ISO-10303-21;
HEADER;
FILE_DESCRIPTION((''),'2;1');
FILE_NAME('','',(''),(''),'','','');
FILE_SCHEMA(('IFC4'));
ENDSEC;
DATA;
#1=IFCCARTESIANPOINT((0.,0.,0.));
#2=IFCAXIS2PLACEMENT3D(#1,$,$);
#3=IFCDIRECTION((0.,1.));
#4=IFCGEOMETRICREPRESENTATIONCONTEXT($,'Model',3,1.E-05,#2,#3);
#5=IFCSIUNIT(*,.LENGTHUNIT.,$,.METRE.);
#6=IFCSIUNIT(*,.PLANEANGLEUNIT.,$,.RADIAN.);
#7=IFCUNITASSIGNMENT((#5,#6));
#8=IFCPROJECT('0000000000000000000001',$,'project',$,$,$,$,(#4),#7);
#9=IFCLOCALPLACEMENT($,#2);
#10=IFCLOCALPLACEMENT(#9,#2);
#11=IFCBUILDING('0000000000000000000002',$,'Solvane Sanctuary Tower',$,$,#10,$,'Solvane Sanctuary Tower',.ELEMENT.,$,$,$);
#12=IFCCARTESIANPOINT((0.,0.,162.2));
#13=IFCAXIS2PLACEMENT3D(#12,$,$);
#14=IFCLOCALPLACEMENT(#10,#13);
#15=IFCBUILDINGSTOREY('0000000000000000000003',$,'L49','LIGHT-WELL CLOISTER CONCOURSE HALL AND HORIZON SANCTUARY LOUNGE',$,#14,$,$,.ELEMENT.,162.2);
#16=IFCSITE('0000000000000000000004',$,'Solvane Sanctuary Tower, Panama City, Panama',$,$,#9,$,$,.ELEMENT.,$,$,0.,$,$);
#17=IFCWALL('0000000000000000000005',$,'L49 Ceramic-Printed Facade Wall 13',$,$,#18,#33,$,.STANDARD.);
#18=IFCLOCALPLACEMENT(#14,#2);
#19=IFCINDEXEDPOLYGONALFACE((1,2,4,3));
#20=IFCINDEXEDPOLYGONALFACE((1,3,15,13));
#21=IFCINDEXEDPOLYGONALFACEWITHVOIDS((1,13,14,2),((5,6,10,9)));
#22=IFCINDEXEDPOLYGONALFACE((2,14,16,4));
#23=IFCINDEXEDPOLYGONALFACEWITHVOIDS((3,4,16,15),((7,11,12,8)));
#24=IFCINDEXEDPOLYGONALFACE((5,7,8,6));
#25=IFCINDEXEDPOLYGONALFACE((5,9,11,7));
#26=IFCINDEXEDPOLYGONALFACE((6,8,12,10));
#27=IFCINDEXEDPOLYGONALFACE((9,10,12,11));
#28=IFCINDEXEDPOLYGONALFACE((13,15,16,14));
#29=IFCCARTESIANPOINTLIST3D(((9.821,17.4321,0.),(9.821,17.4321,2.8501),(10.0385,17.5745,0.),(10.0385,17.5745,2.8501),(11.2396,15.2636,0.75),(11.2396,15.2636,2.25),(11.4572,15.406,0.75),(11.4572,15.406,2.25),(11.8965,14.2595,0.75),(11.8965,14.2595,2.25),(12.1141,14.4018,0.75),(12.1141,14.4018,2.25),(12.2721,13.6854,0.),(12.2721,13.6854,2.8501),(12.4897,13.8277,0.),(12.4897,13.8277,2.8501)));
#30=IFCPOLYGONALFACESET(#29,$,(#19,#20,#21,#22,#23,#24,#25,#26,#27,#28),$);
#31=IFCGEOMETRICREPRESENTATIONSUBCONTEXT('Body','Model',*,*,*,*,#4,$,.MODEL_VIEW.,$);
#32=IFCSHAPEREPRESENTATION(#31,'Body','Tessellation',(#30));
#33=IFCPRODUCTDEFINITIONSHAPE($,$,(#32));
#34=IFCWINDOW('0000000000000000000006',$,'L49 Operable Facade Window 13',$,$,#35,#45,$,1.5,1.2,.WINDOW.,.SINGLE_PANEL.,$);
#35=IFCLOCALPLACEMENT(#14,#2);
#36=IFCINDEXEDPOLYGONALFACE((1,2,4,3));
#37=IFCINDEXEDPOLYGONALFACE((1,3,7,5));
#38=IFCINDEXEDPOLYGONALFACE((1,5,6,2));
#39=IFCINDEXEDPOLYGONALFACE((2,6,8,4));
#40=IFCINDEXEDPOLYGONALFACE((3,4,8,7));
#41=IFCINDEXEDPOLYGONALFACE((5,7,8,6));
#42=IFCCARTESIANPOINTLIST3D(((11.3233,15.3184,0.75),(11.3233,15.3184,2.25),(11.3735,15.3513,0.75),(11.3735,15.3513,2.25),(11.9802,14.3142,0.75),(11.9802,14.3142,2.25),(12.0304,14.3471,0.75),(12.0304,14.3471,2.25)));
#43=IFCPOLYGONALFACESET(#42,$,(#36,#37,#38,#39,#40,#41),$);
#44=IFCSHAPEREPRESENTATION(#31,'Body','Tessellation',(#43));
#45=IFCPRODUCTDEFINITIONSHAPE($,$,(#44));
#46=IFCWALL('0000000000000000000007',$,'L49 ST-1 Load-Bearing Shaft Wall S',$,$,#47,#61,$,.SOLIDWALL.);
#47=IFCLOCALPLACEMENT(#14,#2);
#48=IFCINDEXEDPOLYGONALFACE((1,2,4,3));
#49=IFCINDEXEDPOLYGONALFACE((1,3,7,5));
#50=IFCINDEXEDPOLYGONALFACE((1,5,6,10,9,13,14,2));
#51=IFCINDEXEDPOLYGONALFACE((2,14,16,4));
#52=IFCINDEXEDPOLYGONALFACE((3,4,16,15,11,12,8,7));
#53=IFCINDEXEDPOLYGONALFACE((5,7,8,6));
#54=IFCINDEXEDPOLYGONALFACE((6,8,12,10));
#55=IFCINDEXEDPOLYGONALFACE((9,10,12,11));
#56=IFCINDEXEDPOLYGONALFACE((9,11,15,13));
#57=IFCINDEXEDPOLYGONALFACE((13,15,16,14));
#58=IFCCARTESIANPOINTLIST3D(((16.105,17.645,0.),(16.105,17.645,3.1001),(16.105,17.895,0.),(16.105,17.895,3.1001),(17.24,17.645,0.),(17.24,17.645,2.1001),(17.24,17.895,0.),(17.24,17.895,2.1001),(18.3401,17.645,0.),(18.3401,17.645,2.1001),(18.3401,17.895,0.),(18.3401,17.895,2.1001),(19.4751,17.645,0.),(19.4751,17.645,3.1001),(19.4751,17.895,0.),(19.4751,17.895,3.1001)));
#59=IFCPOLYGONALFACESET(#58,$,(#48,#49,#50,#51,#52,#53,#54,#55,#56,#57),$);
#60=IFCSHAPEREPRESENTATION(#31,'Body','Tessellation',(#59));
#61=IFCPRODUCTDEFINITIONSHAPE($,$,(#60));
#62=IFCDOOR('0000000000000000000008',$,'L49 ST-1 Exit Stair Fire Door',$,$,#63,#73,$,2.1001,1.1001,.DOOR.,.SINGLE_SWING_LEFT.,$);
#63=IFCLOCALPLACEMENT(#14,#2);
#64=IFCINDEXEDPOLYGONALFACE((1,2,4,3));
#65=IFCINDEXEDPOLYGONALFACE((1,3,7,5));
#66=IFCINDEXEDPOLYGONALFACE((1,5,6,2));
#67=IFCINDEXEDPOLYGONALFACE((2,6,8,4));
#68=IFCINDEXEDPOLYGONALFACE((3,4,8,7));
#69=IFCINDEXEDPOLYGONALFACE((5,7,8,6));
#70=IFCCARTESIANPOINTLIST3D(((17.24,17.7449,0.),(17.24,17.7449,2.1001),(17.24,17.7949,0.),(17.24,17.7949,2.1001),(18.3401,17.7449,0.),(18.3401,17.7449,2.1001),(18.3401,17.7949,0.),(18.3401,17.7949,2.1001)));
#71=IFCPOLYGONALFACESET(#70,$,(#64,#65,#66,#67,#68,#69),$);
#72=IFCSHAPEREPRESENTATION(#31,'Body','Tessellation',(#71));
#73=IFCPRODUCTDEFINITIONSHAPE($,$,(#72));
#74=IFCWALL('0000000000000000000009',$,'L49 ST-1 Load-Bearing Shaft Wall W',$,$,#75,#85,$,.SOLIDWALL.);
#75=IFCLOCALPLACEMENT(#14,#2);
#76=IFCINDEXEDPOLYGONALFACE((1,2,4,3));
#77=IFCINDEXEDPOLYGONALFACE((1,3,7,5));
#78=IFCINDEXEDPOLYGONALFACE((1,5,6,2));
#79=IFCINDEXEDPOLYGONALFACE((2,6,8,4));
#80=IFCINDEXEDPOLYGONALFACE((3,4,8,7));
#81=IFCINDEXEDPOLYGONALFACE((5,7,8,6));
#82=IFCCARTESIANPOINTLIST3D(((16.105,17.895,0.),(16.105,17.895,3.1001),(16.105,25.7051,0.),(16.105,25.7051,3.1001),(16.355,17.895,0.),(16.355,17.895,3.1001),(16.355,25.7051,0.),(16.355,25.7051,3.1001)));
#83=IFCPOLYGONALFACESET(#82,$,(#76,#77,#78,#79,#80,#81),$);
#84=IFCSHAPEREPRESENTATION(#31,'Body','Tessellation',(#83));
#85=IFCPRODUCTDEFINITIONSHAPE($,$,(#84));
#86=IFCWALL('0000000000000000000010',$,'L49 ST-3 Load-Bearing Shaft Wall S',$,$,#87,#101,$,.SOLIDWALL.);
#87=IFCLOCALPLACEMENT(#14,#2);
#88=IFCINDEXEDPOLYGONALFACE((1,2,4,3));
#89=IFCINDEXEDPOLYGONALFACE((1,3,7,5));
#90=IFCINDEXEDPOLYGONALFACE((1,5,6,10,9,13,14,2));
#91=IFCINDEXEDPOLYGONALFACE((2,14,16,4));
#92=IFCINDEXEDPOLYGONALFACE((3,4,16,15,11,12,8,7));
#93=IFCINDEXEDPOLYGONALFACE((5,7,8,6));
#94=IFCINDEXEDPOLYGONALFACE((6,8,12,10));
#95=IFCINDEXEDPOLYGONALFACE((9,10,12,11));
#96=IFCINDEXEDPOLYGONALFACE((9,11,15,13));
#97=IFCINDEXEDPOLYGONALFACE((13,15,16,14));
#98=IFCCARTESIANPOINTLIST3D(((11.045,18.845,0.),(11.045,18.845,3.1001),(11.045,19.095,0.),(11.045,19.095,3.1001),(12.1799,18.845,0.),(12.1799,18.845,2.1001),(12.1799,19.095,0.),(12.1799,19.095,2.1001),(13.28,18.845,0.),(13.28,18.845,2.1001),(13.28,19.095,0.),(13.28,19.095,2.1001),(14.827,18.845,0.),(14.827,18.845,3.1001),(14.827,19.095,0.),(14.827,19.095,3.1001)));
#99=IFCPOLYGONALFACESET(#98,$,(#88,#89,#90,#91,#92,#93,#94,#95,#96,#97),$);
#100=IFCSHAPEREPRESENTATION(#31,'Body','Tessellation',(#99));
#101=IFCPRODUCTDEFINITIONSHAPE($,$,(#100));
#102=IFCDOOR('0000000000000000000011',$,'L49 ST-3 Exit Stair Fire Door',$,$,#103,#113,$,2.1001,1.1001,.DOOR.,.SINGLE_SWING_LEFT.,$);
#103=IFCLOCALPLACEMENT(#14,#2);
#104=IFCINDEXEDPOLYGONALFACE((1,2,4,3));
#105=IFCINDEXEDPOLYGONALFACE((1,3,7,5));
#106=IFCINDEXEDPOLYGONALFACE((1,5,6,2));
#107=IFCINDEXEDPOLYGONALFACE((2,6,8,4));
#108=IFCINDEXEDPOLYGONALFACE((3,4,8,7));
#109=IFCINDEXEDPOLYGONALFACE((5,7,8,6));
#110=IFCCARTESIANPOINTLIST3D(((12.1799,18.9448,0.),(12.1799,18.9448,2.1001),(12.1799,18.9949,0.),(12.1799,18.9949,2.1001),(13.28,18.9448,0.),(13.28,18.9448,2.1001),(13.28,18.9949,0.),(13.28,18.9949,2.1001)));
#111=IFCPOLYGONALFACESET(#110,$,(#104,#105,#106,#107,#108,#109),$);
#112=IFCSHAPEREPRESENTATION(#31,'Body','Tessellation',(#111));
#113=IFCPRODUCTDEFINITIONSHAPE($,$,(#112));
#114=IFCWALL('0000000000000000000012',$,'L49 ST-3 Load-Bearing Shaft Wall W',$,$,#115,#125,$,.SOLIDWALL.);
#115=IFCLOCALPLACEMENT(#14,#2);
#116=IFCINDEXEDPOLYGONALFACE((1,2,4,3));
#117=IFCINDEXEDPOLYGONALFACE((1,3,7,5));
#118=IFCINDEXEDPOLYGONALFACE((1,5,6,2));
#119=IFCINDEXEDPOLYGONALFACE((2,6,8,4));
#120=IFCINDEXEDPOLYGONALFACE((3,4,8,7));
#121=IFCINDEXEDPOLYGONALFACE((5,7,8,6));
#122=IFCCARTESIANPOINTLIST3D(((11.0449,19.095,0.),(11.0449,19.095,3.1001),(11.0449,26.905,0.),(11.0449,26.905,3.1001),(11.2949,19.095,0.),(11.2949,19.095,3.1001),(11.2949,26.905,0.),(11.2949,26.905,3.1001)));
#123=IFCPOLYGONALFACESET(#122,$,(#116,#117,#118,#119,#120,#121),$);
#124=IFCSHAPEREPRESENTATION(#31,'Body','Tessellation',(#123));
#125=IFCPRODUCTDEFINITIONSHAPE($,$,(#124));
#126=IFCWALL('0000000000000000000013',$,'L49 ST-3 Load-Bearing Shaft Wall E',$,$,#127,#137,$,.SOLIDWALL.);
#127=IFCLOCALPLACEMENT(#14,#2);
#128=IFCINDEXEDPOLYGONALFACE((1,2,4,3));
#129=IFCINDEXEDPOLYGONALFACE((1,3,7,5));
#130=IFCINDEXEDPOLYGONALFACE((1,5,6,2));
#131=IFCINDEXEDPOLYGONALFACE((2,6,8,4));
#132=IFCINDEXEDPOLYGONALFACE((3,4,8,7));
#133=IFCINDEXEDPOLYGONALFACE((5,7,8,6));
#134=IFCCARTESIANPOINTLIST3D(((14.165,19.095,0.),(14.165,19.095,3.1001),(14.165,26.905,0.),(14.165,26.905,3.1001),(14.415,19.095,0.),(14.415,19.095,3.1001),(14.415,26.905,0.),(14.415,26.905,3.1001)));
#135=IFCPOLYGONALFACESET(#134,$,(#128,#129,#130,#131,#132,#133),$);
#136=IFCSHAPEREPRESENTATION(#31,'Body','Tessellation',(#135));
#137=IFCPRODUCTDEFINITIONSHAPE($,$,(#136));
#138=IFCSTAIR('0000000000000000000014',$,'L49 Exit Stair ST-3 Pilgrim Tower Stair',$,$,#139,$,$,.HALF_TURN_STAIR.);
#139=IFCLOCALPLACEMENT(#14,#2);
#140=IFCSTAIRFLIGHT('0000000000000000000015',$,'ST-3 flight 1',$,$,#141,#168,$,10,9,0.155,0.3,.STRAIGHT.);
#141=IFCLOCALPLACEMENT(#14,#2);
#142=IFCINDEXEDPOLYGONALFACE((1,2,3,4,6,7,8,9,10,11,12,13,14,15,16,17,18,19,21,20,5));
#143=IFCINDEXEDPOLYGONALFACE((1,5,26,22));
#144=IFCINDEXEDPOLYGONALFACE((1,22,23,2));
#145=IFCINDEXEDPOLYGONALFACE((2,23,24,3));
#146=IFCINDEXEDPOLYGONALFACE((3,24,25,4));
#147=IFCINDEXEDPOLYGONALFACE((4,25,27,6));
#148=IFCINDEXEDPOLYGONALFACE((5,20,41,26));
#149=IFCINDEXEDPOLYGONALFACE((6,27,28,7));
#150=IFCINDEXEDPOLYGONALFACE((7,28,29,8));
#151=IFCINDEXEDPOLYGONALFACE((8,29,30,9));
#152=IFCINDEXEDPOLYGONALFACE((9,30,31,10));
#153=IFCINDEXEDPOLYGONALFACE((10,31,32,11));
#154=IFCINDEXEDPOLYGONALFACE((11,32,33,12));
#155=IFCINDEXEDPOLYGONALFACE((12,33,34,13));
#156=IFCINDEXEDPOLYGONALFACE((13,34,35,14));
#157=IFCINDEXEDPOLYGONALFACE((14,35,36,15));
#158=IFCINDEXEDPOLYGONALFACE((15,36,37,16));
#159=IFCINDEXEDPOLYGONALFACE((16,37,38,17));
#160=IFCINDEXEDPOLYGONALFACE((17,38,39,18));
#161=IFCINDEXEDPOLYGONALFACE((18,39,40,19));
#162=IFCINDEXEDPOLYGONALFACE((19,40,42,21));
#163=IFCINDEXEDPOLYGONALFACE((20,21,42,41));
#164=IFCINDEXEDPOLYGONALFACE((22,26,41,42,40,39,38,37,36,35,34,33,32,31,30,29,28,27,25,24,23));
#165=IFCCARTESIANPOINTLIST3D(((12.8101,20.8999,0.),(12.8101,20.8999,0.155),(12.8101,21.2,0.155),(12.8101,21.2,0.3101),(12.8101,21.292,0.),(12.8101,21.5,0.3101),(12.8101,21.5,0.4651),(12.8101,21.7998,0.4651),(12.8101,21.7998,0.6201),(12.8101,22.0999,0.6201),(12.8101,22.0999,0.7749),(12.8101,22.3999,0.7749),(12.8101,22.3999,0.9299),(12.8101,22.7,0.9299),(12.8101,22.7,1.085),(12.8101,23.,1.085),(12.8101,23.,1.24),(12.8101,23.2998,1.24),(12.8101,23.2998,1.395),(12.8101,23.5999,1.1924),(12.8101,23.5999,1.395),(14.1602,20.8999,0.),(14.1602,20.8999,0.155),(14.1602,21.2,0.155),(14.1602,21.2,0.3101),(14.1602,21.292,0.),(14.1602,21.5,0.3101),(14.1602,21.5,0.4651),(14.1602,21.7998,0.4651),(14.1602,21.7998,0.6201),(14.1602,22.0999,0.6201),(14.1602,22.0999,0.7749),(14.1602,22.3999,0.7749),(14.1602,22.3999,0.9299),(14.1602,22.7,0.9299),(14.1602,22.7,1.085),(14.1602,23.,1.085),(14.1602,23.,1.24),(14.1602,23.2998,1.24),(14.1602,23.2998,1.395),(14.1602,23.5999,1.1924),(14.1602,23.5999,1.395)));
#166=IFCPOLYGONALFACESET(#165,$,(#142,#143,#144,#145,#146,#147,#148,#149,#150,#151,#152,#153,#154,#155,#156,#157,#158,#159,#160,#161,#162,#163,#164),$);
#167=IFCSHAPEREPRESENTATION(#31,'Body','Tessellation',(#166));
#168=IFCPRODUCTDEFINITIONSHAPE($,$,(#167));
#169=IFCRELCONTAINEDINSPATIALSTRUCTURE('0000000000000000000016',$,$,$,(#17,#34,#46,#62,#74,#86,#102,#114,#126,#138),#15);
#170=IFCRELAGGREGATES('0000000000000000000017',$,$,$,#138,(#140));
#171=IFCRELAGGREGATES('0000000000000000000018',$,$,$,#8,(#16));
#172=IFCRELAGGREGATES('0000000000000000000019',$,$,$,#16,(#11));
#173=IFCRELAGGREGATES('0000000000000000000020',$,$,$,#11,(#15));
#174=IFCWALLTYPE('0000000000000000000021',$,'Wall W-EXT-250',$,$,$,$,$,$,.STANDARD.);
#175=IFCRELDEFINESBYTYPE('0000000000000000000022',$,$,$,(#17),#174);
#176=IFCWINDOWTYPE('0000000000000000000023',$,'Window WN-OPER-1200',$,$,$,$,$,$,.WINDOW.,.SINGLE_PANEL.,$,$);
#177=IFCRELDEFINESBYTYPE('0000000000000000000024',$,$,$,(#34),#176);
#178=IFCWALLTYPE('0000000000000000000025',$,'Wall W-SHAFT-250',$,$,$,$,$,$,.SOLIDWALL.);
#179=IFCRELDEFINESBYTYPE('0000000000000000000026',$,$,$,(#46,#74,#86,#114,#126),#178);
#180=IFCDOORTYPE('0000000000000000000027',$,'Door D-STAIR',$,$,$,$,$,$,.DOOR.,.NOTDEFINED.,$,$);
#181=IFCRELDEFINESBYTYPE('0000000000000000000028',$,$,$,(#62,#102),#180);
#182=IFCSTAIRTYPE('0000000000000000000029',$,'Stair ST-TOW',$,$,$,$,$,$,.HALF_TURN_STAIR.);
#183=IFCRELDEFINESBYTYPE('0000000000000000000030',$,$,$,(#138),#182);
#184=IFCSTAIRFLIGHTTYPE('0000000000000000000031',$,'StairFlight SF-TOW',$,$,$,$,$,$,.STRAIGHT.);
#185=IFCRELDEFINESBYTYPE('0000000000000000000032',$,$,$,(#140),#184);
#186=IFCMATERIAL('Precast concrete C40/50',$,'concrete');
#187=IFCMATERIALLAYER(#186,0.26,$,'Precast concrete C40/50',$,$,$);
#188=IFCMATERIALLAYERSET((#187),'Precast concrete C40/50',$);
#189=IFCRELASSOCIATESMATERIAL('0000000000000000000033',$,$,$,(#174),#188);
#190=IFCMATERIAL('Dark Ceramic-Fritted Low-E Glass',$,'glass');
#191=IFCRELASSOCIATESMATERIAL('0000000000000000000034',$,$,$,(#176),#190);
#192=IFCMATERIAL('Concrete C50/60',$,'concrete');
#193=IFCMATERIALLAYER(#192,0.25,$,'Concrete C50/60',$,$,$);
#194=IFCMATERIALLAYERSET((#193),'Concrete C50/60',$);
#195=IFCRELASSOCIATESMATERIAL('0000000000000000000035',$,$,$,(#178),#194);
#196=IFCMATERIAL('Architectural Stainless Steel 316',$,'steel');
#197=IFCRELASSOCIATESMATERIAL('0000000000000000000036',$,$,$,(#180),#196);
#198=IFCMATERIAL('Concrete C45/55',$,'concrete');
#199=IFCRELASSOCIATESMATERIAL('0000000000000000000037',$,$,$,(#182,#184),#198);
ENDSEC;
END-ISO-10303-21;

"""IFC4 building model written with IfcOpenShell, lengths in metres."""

from ifc_helpers import new_model, si_unit, direction, frame, frame_2d, origin, place, context, subcontext, project, spatial, polyline, rectangle, outline, extrude, material, layer, layer_set, type_object, element, fill, aggregate, save


model = new_model("IFC4")

# Units and contexts
model_context = context("Model", 3, precision=1e-05, world=origin(), true_north=direction((0.0, 1.0)))
body_context = subcontext(model_context, "Body", "Model", "MODEL_VIEW")
ifc_project = project(units=[si_unit("LENGTHUNIT", "METRE"), si_unit("PLANEANGLEUNIT", "RADIAN")], contexts=[model_context])

# Site, building, storey
site_placement = place(None, origin())
site = spatial("IfcSite", under=ifc_project, at=site_placement, Name="Solvane Sanctuary Tower, Panama City, Panama", CompositionType="ELEMENT", RefElevation=0.0)
building_placement = place(site_placement, origin())
building = spatial("IfcBuilding", under=site, at=building_placement, Name="Solvane Sanctuary Tower", LongName="Solvane Sanctuary Tower", CompositionType="ELEMENT")
storey_placement = place(building_placement, frame((0.0, 0.0, 162.2)))
storey = spatial("IfcBuildingStorey", under=building, at=storey_placement, Name="L49", Description="LIGHT-WELL CLOISTER CONCOURSE HALL AND HORIZON SANCTUARY LOUNGE", CompositionType="ELEMENT", Elevation=162.2)

# Shared definitions
ifc_material_1 = material(Name="Architectural Stainless Steel 316", Category="steel")

# Wall, opening, window
ifc_material_2 = material(Name="Precast concrete C40/50", Category="concrete")
ifc_layer_1 = layer(ifc_material_2, 0.26, Name="Precast concrete C40/50")
ifc_layer_set_1 = layer_set([ifc_layer_1], Name="Precast concrete C40/50")
wall_type_1 = type_object("IfcWallType", Name="Wall W-EXT-250", PredefinedType="STANDARD", material=ifc_layer_set_1)
wall_1_placement = place(storey_placement, frame((9.9297, 17.5034, 0.0), z_axis=(0.0, 0.0, 1.0), x_axis=(0.547456, -0.836834, 0.0)))
wall_1 = element("IfcWall", 1, at=wall_1_placement, inside=storey, type_object=wall_type_1, Name="L49 Ceramic-Printed Facade Wall 13", PredefinedType="STANDARD", context=body_context, shape_type="SweptSolid", body=[
    extrude(rectangle(XDim=4.4773, YDim=0.26, at=frame_2d((2.2388, 0.0))), origin(), (0.0, 0.0, 1.0), 2.8501),
])
opening_1_placement = place(wall_1_placement, frame((2.5913, 0.0, 0.75)))
opening_1 = element("IfcOpeningElement", 2, at=opening_1_placement, cuts=wall_1, PredefinedType="OPENING", context=body_context, shape_type="SweptSolid", body=[
    extrude(rectangle(XDim=1.2, YDim=1.5, at=frame_2d((0.6001, 0.75))), frame((0.0, 0.1399, 0.0), z_axis=(0.0, -1.0, 0.0), x_axis=(1.0, 0.0, 0.0)), (0.0, 0.0, 1.0), 0.28),
])
ifc_material_3 = material(Name="Dark Ceramic-Fritted Low-E Glass", Category="glass")
window_type = type_object("IfcWindowType", Name="Window WN-OPER-1200", PartitioningType="SINGLE_PANEL", PredefinedType="WINDOW", material=ifc_material_3)
window_placement = place(opening_1_placement, origin())
window = element("IfcWindow", 3, at=window_placement, inside=storey, type_object=window_type, Name="L49 Operable Facade Window 13", OverallHeight=1.5, OverallWidth=1.2, PartitioningType="SINGLE_PANEL", PredefinedType="WINDOW", context=body_context, shape_type="SweptSolid", body=[
    extrude(rectangle(XDim=1.2, YDim=1.5, at=frame_2d((0.6001, 0.75))), frame((0.0, 0.03, 0.0), z_axis=(0.0, -1.0, 0.0), x_axis=(1.0, 0.0, 0.0)), (0.0, 0.0, 1.0), 0.0601),
])
fill(opening_1, window)

# Wall, opening, door
ifc_material_4 = material(Name="Concrete C50/60", Category="concrete")
ifc_layer_2 = layer(ifc_material_4, 0.25, Name="Concrete C50/60")
ifc_layer_set_2 = layer_set([ifc_layer_2], Name="Concrete C50/60")
wall_type_2 = type_object("IfcWallType", Name="Wall W-SHAFT-250", PredefinedType="SOLIDWALL", material=ifc_layer_set_2)
wall_2_placement = place(storey_placement, frame((16.105, 17.77, 0.0), z_axis=(0.0, 0.0, 1.0), x_axis=(1.0, 0.0, 0.0)))
wall_2 = element("IfcWall", 4, at=wall_2_placement, inside=storey, type_object=wall_type_2, Name="L49 ST-1 Load-Bearing Shaft Wall S", PredefinedType="SOLIDWALL", context=body_context, shape_type="SweptSolid", body=[
    extrude(rectangle(XDim=3.3701, YDim=0.25, at=frame_2d((1.6851, 0.0))), origin(), (0.0, 0.0, 1.0), 3.1001),
])
opening_2_placement = place(wall_2_placement, frame((1.135, 0.0, 0.0)))
opening_2 = element("IfcOpeningElement", 5, at=opening_2_placement, cuts=wall_2, PredefinedType="OPENING", context=body_context, shape_type="SweptSolid", body=[
    extrude(rectangle(XDim=1.1001, YDim=2.1001, at=frame_2d((0.55, 1.05))), frame((0.0, 0.135, 0.0), z_axis=(0.0, -1.0, 0.0), x_axis=(1.0, 0.0, 0.0)), (0.0, 0.0, 1.0), 0.27),
])
door_type_1 = type_object("IfcDoorType", Name="Door D-STAIR", OperationType="NOTDEFINED", PredefinedType="DOOR", material=ifc_material_1)
door_1_placement = place(opening_2_placement, origin())
door_1 = element("IfcDoor", 6, at=door_1_placement, inside=storey, type_object=door_type_1, Name="L49 ST-1 Exit Stair Fire Door", OperationType="SINGLE_SWING_LEFT", OverallHeight=2.1001, OverallWidth=1.1001, PredefinedType="DOOR", context=body_context, shape_type="SweptSolid", body=[
    extrude(rectangle(XDim=1.1001, YDim=2.1001, at=frame_2d((0.55, 1.05))), frame((0.0, 0.0249, 0.0), z_axis=(0.0, -1.0, 0.0), x_axis=(1.0, 0.0, 0.0)), (0.0, 0.0, 1.0), 0.05),
])
fill(opening_2, door_1)

# Wall
wall_3_placement = place(storey_placement, frame((16.23, 17.895, 0.0), z_axis=(0.0, 0.0, 1.0), x_axis=(0.0, 1.0, 0.0)))
element("IfcWall", 7, at=wall_3_placement, inside=storey, type_object=wall_type_2, Name="L49 ST-1 Load-Bearing Shaft Wall W", PredefinedType="SOLIDWALL", context=body_context, shape_type="SweptSolid", body=[
    extrude(rectangle(XDim=7.8101, YDim=0.25, at=frame_2d((3.905, 0.0))), origin(), (0.0, 0.0, 1.0), 3.1001),
])

# Wall, opening, door
wall_4_placement = place(storey_placement, frame((11.0449, 18.97, 0.0), z_axis=(0.0, 0.0, 1.0), x_axis=(1.0, 0.0, 0.0)))
wall_4 = element("IfcWall", 8, at=wall_4_placement, inside=storey, type_object=wall_type_2, Name="L49 ST-3 Load-Bearing Shaft Wall S", PredefinedType="SOLIDWALL", context=body_context, shape_type="SweptSolid", body=[
    extrude(rectangle(XDim=3.782, YDim=0.25, at=frame_2d((1.8911, 0.0))), origin(), (0.0, 0.0, 1.0), 3.1001),
])
opening_3_placement = place(wall_4_placement, frame((1.135, 0.0, 0.0)))
opening_3 = element("IfcOpeningElement", 9, at=opening_3_placement, cuts=wall_4, PredefinedType="OPENING", context=body_context, shape_type="SweptSolid", body=[
    extrude(rectangle(XDim=1.1001, YDim=2.1001, at=frame_2d((0.55, 1.05))), frame((0.0, 0.135, 0.0), z_axis=(0.0, -1.0, 0.0), x_axis=(1.0, 0.0, 0.0)), (0.0, 0.0, 1.0), 0.27),
])
door_2_placement = place(opening_3_placement, origin())
door_2 = element("IfcDoor", 10, at=door_2_placement, inside=storey, type_object=door_type_1, Name="L49 ST-3 Exit Stair Fire Door", OperationType="SINGLE_SWING_LEFT", OverallHeight=2.1001, OverallWidth=1.1001, PredefinedType="DOOR", context=body_context, shape_type="SweptSolid", body=[
    extrude(rectangle(XDim=1.1001, YDim=2.1001, at=frame_2d((0.55, 1.05))), frame((0.0, 0.0249, 0.0), z_axis=(0.0, -1.0, 0.0), x_axis=(1.0, 0.0, 0.0)), (0.0, 0.0, 1.0), 0.05),
])
fill(opening_3, door_2)

# Walls
for number, where, z_axis, x_axis, name in (
    (11, (11.1699, 19.095, 0.0), (0.0, 0.0, 1.0), (0.0, 1.0, 0.0), "L49 ST-3 Load-Bearing Shaft Wall W"),
    (12, (14.29, 19.095, 0.0), (0.0, 0.0, 1.0), (0.0, 1.0, 0.0), "L49 ST-3 Load-Bearing Shaft Wall E"),
):
    element("IfcWall", number, at=place(storey_placement, frame(where, z_axis=z_axis, x_axis=x_axis)), inside=storey, type_object=wall_type_2, Name=name, PredefinedType="SOLIDWALL", context=body_context, shape_type="SweptSolid", body=[
        extrude(rectangle(XDim=7.8101, YDim=0.25, at=frame_2d((3.905, 0.0))), origin(), (0.0, 0.0, 1.0), 3.1001),
    ])

# Stair, stair flight
ifc_material_5 = material(Name="Concrete C45/55", Category="concrete")
stair_type = type_object("IfcStairType", Name="Stair ST-TOW", PredefinedType="HALF_TURN_STAIR", material=ifc_material_5)
stair_placement = place(storey_placement, origin())
stair = element("IfcStair", 13, at=stair_placement, inside=storey, type_object=stair_type, Name="L49 Exit Stair ST-3 Pilgrim Tower Stair", PredefinedType="HALF_TURN_STAIR")
stair_flight_type = type_object("IfcStairFlightType", Name="StairFlight SF-TOW", PredefinedType="STRAIGHT", material=ifc_material_5)
stair_flight_placement = place(storey_placement, frame((13.4851, 20.8999, 0.0), z_axis=(0.0, 0.0, 1.0), x_axis=(0.0, 1.0, 0.0)))
stair_flight = element("IfcStairFlight", 14, at=stair_flight_placement, type_object=stair_flight_type, Name="ST-3 flight 1", NumberOfRisers=10, NumberOfTreads=9, PredefinedType="STRAIGHT", RiserHeight=0.155, TreadLength=0.3, context=body_context, shape_type="SweptSolid", body=[
    extrude(outline(polyline([(0.0, 0.0), (0.0, 0.155), (0.3, 0.155), (0.3, 0.3101), (0.6001, 0.3101), (0.6001, 0.4651), (0.8999, 0.4651), (0.8999, 0.6201), (1.2, 0.6201), (1.2, 0.7749), (1.5, 0.7749), (1.5, 0.9299), (1.8, 0.9299), (1.8, 1.085), (2.1001, 1.085), (2.1001, 1.24), (2.3999, 1.24), (2.3999, 1.395), (2.7, 1.395), (2.7, 1.55), (2.7, 1.1924), (0.3921, 0.0), (0.0, 0.0)])), frame((0.0, 0.675, 0.0), z_axis=(0.0, -1.0, 0.0), x_axis=(1.0, 0.0, 0.0)), (0.0, 0.0, 1.0), 1.3501),
])
aggregate(stair, [stair_flight])

save(model, "model.ifc")
